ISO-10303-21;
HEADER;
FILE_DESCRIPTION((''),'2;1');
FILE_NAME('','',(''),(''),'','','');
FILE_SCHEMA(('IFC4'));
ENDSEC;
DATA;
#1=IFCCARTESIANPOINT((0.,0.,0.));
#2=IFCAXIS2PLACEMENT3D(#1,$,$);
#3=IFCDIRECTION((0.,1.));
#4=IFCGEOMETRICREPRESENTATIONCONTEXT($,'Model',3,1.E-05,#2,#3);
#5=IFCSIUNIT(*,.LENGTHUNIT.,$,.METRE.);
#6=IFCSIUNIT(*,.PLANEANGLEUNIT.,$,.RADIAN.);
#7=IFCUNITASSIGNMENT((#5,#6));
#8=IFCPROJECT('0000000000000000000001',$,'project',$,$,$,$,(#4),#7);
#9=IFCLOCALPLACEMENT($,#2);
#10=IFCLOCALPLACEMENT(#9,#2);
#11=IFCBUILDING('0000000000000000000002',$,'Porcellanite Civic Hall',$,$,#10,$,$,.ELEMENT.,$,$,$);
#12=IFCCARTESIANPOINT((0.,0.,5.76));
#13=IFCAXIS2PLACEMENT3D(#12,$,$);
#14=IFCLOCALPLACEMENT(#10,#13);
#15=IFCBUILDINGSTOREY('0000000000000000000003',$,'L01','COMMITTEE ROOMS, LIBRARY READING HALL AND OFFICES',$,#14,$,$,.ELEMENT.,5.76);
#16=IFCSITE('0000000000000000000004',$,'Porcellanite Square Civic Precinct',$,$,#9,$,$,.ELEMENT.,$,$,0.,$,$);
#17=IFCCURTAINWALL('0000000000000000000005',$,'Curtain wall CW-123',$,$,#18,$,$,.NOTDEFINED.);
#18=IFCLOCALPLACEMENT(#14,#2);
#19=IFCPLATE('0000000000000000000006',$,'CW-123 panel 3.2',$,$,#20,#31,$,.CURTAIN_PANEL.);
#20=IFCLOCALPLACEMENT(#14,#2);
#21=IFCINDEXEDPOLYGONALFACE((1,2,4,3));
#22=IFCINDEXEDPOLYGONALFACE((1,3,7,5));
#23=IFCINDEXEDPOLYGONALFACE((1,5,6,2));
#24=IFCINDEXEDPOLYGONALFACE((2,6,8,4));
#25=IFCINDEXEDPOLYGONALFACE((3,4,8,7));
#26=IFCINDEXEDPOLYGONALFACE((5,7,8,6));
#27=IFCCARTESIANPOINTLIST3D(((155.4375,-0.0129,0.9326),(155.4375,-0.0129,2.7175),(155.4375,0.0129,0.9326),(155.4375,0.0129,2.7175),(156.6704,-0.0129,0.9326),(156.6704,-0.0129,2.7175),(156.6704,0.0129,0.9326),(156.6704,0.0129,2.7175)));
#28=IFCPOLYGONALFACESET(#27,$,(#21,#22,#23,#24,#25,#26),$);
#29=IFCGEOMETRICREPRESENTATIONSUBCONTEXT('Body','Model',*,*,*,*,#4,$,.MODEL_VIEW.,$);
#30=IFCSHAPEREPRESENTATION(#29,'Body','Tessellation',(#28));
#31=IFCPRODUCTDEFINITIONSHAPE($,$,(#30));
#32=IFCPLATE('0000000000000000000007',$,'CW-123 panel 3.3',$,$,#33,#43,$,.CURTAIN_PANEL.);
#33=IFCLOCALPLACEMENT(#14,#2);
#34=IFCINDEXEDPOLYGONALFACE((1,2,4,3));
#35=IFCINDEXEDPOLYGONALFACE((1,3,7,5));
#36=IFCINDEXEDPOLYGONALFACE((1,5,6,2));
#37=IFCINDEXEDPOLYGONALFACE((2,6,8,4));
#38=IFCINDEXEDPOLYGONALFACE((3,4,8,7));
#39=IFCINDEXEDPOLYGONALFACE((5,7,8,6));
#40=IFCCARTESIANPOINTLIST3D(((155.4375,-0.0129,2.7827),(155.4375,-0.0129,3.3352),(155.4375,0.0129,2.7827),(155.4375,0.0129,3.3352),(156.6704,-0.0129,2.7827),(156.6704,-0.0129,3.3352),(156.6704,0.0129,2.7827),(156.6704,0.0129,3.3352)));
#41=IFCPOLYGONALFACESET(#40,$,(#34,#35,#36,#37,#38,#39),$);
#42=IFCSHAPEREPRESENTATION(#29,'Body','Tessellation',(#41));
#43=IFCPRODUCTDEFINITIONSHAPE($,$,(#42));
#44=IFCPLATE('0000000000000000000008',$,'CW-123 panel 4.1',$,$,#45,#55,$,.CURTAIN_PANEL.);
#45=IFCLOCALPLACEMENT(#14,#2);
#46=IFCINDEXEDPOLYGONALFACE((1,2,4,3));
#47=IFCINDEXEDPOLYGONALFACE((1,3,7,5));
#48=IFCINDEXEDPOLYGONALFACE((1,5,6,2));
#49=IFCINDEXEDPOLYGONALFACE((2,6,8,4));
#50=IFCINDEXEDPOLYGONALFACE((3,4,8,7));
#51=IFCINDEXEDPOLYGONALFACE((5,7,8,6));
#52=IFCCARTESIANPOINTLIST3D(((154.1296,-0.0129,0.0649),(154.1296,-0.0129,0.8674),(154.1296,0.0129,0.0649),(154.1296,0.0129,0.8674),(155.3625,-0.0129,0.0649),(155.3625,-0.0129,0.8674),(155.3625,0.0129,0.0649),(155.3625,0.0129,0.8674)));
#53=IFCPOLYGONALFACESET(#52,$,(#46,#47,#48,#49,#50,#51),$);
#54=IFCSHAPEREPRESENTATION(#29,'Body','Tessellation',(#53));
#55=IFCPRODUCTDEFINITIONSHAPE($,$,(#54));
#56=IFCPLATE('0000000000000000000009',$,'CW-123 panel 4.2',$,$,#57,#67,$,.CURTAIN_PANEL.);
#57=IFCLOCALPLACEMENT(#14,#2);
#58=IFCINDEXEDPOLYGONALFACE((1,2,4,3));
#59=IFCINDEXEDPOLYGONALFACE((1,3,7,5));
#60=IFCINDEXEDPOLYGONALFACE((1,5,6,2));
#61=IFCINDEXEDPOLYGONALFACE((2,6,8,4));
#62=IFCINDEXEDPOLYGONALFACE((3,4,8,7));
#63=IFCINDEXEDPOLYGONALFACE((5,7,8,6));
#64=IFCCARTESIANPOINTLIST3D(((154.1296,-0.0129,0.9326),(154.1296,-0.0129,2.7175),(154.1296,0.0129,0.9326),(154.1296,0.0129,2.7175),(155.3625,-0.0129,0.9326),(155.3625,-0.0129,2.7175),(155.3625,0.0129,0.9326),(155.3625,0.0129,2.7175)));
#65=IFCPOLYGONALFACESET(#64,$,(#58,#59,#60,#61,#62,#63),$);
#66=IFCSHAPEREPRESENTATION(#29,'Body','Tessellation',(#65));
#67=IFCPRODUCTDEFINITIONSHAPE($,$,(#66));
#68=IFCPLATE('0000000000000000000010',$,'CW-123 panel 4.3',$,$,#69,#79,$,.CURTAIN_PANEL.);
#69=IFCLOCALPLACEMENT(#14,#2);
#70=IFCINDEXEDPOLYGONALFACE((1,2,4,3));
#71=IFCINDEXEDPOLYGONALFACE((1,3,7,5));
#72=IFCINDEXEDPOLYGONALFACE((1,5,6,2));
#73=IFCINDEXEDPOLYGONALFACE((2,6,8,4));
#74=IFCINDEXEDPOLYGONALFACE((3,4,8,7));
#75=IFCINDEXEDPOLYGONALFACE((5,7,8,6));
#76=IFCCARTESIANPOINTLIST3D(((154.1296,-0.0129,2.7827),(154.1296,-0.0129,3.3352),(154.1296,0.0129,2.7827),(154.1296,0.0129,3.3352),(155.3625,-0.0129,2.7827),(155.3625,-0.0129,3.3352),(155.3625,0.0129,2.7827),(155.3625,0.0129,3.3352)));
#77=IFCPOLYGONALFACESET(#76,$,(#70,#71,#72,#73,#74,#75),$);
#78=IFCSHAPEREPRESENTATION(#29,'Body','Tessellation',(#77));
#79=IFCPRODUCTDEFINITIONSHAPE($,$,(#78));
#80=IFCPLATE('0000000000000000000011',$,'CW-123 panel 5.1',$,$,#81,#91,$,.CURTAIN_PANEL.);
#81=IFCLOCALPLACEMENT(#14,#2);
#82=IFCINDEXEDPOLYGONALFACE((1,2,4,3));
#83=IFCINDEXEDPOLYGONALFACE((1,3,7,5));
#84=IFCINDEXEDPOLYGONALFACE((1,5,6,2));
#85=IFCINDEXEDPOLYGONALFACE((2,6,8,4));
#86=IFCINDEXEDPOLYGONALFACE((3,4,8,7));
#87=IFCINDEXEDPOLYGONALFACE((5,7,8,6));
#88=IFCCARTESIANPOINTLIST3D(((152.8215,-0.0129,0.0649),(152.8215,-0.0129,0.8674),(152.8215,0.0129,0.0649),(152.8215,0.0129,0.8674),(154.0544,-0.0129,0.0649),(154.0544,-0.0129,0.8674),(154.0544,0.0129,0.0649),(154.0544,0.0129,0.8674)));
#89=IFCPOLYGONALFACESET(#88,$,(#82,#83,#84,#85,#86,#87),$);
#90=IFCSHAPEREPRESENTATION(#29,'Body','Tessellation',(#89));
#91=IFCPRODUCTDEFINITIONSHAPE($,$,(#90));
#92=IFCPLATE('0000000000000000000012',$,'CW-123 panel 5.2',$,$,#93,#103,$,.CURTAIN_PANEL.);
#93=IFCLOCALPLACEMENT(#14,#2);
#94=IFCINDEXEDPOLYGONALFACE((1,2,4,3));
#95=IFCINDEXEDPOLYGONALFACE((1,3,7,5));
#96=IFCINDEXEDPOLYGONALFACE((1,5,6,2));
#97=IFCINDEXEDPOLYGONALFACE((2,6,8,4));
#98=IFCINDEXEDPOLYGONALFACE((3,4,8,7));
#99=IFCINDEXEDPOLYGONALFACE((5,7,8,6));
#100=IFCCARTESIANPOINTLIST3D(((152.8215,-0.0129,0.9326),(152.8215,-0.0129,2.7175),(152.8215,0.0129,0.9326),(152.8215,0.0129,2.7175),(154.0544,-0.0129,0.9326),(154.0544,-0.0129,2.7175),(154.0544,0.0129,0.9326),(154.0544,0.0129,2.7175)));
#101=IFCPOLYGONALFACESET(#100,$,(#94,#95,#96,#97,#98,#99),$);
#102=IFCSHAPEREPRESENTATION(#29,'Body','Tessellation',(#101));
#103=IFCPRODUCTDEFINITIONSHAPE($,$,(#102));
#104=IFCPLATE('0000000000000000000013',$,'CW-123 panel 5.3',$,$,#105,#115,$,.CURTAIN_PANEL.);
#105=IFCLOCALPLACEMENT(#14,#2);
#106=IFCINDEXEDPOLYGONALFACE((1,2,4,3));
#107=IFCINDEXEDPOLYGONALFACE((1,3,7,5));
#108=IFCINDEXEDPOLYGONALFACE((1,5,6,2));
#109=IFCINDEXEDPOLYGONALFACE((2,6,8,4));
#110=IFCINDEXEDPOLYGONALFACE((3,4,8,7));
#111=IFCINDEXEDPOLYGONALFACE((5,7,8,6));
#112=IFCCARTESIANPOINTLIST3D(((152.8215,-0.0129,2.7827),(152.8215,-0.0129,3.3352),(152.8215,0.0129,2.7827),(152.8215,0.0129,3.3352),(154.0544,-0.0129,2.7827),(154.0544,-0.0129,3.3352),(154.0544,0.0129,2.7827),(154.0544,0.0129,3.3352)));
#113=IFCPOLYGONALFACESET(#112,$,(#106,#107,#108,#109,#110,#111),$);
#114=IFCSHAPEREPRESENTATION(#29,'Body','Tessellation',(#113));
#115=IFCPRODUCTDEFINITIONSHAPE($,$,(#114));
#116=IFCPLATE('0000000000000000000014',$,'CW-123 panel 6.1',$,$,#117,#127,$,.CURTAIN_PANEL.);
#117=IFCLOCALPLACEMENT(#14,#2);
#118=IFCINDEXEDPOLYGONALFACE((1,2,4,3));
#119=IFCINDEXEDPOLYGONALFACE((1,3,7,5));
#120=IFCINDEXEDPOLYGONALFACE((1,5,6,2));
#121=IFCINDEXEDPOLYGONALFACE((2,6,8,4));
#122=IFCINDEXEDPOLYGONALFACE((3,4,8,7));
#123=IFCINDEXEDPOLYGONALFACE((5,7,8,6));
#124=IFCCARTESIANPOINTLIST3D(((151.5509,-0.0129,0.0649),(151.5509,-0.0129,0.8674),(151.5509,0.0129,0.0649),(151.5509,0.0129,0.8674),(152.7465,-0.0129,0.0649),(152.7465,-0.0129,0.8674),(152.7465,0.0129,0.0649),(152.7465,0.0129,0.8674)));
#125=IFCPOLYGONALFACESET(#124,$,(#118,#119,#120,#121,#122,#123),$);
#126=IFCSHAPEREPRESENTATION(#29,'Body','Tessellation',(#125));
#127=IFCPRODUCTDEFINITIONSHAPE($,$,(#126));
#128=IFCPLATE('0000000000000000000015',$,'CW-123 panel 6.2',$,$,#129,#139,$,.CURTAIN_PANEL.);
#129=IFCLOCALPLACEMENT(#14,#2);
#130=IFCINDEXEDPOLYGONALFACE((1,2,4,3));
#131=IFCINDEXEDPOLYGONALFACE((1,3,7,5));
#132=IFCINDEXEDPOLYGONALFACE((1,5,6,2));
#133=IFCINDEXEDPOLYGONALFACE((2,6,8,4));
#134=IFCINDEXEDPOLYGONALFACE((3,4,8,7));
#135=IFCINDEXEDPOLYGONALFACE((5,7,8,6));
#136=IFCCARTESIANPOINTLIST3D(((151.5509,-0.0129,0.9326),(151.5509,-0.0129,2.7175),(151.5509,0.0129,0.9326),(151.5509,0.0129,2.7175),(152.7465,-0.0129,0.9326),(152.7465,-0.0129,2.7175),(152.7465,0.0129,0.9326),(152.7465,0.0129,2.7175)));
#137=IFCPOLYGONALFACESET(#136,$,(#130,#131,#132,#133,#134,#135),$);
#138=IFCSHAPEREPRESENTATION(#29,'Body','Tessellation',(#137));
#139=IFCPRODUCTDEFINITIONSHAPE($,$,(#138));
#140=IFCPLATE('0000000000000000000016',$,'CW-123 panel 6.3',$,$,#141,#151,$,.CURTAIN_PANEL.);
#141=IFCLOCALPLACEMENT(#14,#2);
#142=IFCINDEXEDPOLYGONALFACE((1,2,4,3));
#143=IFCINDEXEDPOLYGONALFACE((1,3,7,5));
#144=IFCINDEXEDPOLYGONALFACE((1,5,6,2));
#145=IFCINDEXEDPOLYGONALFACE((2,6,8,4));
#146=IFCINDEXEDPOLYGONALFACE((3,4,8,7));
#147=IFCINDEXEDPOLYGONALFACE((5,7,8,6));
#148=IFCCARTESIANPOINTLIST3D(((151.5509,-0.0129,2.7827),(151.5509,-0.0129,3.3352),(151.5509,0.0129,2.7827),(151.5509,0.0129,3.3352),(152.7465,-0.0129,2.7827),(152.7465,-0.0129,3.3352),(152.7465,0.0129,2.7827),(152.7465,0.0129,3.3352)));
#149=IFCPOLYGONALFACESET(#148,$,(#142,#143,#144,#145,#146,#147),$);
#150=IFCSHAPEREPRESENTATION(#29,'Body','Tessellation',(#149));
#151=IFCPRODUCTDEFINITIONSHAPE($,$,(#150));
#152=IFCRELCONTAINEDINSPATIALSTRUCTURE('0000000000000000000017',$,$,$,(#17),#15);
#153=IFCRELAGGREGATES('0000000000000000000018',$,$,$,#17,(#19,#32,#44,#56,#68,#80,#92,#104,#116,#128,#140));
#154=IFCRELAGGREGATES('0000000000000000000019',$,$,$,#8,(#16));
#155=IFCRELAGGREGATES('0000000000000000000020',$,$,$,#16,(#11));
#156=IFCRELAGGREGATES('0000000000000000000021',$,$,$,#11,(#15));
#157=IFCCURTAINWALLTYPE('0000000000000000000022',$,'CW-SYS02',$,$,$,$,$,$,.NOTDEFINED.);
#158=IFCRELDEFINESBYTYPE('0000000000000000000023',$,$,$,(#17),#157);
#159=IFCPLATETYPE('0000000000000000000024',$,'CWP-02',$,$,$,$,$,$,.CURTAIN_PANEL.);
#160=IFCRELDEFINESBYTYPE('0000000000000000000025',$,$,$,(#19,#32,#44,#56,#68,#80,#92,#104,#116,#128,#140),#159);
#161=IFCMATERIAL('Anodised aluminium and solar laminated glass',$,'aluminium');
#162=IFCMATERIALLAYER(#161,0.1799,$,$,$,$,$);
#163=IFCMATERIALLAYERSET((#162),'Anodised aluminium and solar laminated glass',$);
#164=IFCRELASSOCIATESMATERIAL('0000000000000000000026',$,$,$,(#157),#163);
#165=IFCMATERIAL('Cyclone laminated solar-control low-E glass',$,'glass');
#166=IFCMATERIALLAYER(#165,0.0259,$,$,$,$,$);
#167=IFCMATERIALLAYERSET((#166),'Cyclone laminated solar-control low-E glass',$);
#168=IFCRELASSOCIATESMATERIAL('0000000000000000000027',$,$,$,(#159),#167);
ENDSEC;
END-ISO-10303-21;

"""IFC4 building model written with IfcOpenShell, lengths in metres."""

from ifc_helpers import new_model, si_unit, direction, frame, origin, origin_2d, place, context, subcontext, project, spatial, rectangle, extrude, material, layer, layer_set, type_object, element, aggregate, save


model = new_model("IFC4")

# Units and contexts
model_context = context("Model", 3, precision=1e-05, world=origin(), true_north=direction((0.0, 1.0)))
body_context = subcontext(model_context, "Body", "Model", "MODEL_VIEW")
ifc_project = project(units=[si_unit("LENGTHUNIT", "METRE"), si_unit("PLANEANGLEUNIT", "RADIAN")], contexts=[model_context])

# Site, building, storey
site_placement = place(None, origin())
site = spatial("IfcSite", under=ifc_project, at=site_placement, Name="Porcellanite Square Civic Precinct", CompositionType="ELEMENT", RefElevation=0.0)
building_placement = place(site_placement, origin())
building = spatial("IfcBuilding", under=site, at=building_placement, Name="Porcellanite Civic Hall", CompositionType="ELEMENT")
storey_placement = place(building_placement, frame((0.0, 0.0, 5.76)))
storey = spatial("IfcBuildingStorey", under=building, at=storey_placement, Name="L01", Description="COMMITTEE ROOMS, LIBRARY READING HALL AND OFFICES", CompositionType="ELEMENT", Elevation=5.76)

# Curtain wall
ifc_material_1 = material(Name="Anodised aluminium and solar laminated glass", Category="aluminium")
ifc_layer_1 = layer(ifc_material_1, 0.1799)
ifc_layer_set_1 = layer_set([ifc_layer_1], Name="Anodised aluminium and solar laminated glass")
curtain_wall_type = type_object("IfcCurtainWallType", Name="CW-SYS02", PredefinedType="NOTDEFINED", material=ifc_layer_set_1)
curtain_wall_placement = place(storey_placement, origin())
curtain_wall = element("IfcCurtainWall", 1, at=curtain_wall_placement, inside=storey, type_object=curtain_wall_type, Name="Curtain wall CW-123", PredefinedType="NOTDEFINED")

# Plates
ifc_material_2 = material(Name="Cyclone laminated solar-control low-E glass", Category="glass")
ifc_layer_2 = layer(ifc_material_2, 0.0259)
ifc_layer_set_2 = layer_set([ifc_layer_2], Name="Cyclone laminated solar-control low-E glass")
plate_type = type_object("IfcPlateType", Name="CWP-02", PredefinedType="CURTAIN_PANEL", material=ifc_layer_set_2)
plate_1_placement = place(storey_placement, frame((156.054, 0.0, 0.9326), z_axis=(0.0, 0.0, 1.0), x_axis=(-1.0, 0.0, 0.0)))
plate_1 = element("IfcPlate", 2, at=plate_1_placement, type_object=plate_type, Name="CW-123 panel 3.2", PredefinedType="CURTAIN_PANEL", context=body_context, shape_type="SweptSolid", body=[
    extrude(rectangle(XDim=1.2329, YDim=0.0259, at=origin_2d()), origin(), (0.0, 0.0, 1.0), 1.7849),
])
plate_2_placement = place(storey_placement, frame((156.054, 0.0, 2.7827), z_axis=(0.0, 0.0, 1.0), x_axis=(-1.0, 0.0, 0.0)))
plate_2 = element("IfcPlate", 3, at=plate_2_placement, type_object=plate_type, Name="CW-123 panel 3.3", PredefinedType="CURTAIN_PANEL", context=body_context, shape_type="SweptSolid", body=[
    extrude(rectangle(XDim=1.2329, YDim=0.0259, at=origin_2d()), origin(), (0.0, 0.0, 1.0), 0.5525),
])
plate_3_placement = place(storey_placement, frame((154.7461, 0.0, 0.0649), z_axis=(0.0, 0.0, 1.0), x_axis=(-1.0, 0.0, 0.0)))
plate_3 = element("IfcPlate", 4, at=plate_3_placement, type_object=plate_type, Name="CW-123 panel 4.1", PredefinedType="CURTAIN_PANEL", context=body_context, shape_type="SweptSolid", body=[
    extrude(rectangle(XDim=1.2329, YDim=0.0259, at=origin_2d()), origin(), (0.0, 0.0, 1.0), 0.8025),
])
plate_4_placement = place(storey_placement, frame((154.7461, 0.0, 0.9326), z_axis=(0.0, 0.0, 1.0), x_axis=(-1.0, 0.0, 0.0)))
plate_4 = element("IfcPlate", 5, at=plate_4_placement, type_object=plate_type, Name="CW-123 panel 4.2", PredefinedType="CURTAIN_PANEL", context=body_context, shape_type="SweptSolid", body=[
    extrude(rectangle(XDim=1.2329, YDim=0.0259, at=origin_2d()), origin(), (0.0, 0.0, 1.0), 1.7849),
])
plate_5_placement = place(storey_placement, frame((154.7461, 0.0, 2.7827), z_axis=(0.0, 0.0, 1.0), x_axis=(-1.0, 0.0, 0.0)))
plate_5 = element("IfcPlate", 6, at=plate_5_placement, type_object=plate_type, Name="CW-123 panel 4.3", PredefinedType="CURTAIN_PANEL", context=body_context, shape_type="SweptSolid", body=[
    extrude(rectangle(XDim=1.2329, YDim=0.0259, at=origin_2d()), origin(), (0.0, 0.0, 1.0), 0.5525),
])
plate_6_placement = place(storey_placement, frame((153.438, 0.0, 0.0649), z_axis=(0.0, 0.0, 1.0), x_axis=(-1.0, 0.0, 0.0)))
plate_6 = element("IfcPlate", 7, at=plate_6_placement, type_object=plate_type, Name="CW-123 panel 5.1", PredefinedType="CURTAIN_PANEL", context=body_context, shape_type="SweptSolid", body=[
    extrude(rectangle(XDim=1.2329, YDim=0.0259, at=origin_2d()), origin(), (0.0, 0.0, 1.0), 0.8025),
])
plate_7_placement = place(storey_placement, frame((153.438, 0.0, 0.9326), z_axis=(0.0, 0.0, 1.0), x_axis=(-1.0, 0.0, 0.0)))
plate_7 = element("IfcPlate", 8, at=plate_7_placement, type_object=plate_type, Name="CW-123 panel 5.2", PredefinedType="CURTAIN_PANEL", context=body_context, shape_type="SweptSolid", body=[
    extrude(rectangle(XDim=1.2329, YDim=0.0259, at=origin_2d()), origin(), (0.0, 0.0, 1.0), 1.7849),
])
plate_8_placement = place(storey_placement, frame((153.438, 0.0, 2.7827), z_axis=(0.0, 0.0, 1.0), x_axis=(-1.0, 0.0, 0.0)))
plate_8 = element("IfcPlate", 9, at=plate_8_placement, type_object=plate_type, Name="CW-123 panel 5.3", PredefinedType="CURTAIN_PANEL", context=body_context, shape_type="SweptSolid", body=[
    extrude(rectangle(XDim=1.2329, YDim=0.0259, at=origin_2d()), origin(), (0.0, 0.0, 1.0), 0.5525),
])
plate_9_placement = place(storey_placement, frame((152.1487, 0.0, 0.0649), z_axis=(0.0, 0.0, 1.0), x_axis=(-1.0, 0.0, 0.0)))
plate_9 = element("IfcPlate", 10, at=plate_9_placement, type_object=plate_type, Name="CW-123 panel 6.1", PredefinedType="CURTAIN_PANEL", context=body_context, shape_type="SweptSolid", body=[
    extrude(rectangle(XDim=1.1956, YDim=0.0259, at=origin_2d()), origin(), (0.0, 0.0, 1.0), 0.8025),
])
plate_10_placement = place(storey_placement, frame((152.1487, 0.0, 0.9326), z_axis=(0.0, 0.0, 1.0), x_axis=(-1.0, 0.0, 0.0)))
plate_10 = element("IfcPlate", 11, at=plate_10_placement, type_object=plate_type, Name="CW-123 panel 6.2", PredefinedType="CURTAIN_PANEL", context=body_context, shape_type="SweptSolid", body=[
    extrude(rectangle(XDim=1.1956, YDim=0.0259, at=origin_2d()), origin(), (0.0, 0.0, 1.0), 1.7849),
])
plate_11_placement = place(storey_placement, frame((152.1487, 0.0, 2.7827), z_axis=(0.0, 0.0, 1.0), x_axis=(-1.0, 0.0, 0.0)))
plate_11 = element("IfcPlate", 12, at=plate_11_placement, type_object=plate_type, Name="CW-123 panel 6.3", PredefinedType="CURTAIN_PANEL", context=body_context, shape_type="SweptSolid", body=[
    extrude(rectangle(XDim=1.1956, YDim=0.0259, at=origin_2d()), origin(), (0.0, 0.0, 1.0), 0.5525),
])
aggregate(curtain_wall, [plate_1, plate_2, plate_3, plate_4, plate_5, plate_6, plate_7, plate_8, plate_9, plate_10, plate_11])

save(model, "model.ifc")
